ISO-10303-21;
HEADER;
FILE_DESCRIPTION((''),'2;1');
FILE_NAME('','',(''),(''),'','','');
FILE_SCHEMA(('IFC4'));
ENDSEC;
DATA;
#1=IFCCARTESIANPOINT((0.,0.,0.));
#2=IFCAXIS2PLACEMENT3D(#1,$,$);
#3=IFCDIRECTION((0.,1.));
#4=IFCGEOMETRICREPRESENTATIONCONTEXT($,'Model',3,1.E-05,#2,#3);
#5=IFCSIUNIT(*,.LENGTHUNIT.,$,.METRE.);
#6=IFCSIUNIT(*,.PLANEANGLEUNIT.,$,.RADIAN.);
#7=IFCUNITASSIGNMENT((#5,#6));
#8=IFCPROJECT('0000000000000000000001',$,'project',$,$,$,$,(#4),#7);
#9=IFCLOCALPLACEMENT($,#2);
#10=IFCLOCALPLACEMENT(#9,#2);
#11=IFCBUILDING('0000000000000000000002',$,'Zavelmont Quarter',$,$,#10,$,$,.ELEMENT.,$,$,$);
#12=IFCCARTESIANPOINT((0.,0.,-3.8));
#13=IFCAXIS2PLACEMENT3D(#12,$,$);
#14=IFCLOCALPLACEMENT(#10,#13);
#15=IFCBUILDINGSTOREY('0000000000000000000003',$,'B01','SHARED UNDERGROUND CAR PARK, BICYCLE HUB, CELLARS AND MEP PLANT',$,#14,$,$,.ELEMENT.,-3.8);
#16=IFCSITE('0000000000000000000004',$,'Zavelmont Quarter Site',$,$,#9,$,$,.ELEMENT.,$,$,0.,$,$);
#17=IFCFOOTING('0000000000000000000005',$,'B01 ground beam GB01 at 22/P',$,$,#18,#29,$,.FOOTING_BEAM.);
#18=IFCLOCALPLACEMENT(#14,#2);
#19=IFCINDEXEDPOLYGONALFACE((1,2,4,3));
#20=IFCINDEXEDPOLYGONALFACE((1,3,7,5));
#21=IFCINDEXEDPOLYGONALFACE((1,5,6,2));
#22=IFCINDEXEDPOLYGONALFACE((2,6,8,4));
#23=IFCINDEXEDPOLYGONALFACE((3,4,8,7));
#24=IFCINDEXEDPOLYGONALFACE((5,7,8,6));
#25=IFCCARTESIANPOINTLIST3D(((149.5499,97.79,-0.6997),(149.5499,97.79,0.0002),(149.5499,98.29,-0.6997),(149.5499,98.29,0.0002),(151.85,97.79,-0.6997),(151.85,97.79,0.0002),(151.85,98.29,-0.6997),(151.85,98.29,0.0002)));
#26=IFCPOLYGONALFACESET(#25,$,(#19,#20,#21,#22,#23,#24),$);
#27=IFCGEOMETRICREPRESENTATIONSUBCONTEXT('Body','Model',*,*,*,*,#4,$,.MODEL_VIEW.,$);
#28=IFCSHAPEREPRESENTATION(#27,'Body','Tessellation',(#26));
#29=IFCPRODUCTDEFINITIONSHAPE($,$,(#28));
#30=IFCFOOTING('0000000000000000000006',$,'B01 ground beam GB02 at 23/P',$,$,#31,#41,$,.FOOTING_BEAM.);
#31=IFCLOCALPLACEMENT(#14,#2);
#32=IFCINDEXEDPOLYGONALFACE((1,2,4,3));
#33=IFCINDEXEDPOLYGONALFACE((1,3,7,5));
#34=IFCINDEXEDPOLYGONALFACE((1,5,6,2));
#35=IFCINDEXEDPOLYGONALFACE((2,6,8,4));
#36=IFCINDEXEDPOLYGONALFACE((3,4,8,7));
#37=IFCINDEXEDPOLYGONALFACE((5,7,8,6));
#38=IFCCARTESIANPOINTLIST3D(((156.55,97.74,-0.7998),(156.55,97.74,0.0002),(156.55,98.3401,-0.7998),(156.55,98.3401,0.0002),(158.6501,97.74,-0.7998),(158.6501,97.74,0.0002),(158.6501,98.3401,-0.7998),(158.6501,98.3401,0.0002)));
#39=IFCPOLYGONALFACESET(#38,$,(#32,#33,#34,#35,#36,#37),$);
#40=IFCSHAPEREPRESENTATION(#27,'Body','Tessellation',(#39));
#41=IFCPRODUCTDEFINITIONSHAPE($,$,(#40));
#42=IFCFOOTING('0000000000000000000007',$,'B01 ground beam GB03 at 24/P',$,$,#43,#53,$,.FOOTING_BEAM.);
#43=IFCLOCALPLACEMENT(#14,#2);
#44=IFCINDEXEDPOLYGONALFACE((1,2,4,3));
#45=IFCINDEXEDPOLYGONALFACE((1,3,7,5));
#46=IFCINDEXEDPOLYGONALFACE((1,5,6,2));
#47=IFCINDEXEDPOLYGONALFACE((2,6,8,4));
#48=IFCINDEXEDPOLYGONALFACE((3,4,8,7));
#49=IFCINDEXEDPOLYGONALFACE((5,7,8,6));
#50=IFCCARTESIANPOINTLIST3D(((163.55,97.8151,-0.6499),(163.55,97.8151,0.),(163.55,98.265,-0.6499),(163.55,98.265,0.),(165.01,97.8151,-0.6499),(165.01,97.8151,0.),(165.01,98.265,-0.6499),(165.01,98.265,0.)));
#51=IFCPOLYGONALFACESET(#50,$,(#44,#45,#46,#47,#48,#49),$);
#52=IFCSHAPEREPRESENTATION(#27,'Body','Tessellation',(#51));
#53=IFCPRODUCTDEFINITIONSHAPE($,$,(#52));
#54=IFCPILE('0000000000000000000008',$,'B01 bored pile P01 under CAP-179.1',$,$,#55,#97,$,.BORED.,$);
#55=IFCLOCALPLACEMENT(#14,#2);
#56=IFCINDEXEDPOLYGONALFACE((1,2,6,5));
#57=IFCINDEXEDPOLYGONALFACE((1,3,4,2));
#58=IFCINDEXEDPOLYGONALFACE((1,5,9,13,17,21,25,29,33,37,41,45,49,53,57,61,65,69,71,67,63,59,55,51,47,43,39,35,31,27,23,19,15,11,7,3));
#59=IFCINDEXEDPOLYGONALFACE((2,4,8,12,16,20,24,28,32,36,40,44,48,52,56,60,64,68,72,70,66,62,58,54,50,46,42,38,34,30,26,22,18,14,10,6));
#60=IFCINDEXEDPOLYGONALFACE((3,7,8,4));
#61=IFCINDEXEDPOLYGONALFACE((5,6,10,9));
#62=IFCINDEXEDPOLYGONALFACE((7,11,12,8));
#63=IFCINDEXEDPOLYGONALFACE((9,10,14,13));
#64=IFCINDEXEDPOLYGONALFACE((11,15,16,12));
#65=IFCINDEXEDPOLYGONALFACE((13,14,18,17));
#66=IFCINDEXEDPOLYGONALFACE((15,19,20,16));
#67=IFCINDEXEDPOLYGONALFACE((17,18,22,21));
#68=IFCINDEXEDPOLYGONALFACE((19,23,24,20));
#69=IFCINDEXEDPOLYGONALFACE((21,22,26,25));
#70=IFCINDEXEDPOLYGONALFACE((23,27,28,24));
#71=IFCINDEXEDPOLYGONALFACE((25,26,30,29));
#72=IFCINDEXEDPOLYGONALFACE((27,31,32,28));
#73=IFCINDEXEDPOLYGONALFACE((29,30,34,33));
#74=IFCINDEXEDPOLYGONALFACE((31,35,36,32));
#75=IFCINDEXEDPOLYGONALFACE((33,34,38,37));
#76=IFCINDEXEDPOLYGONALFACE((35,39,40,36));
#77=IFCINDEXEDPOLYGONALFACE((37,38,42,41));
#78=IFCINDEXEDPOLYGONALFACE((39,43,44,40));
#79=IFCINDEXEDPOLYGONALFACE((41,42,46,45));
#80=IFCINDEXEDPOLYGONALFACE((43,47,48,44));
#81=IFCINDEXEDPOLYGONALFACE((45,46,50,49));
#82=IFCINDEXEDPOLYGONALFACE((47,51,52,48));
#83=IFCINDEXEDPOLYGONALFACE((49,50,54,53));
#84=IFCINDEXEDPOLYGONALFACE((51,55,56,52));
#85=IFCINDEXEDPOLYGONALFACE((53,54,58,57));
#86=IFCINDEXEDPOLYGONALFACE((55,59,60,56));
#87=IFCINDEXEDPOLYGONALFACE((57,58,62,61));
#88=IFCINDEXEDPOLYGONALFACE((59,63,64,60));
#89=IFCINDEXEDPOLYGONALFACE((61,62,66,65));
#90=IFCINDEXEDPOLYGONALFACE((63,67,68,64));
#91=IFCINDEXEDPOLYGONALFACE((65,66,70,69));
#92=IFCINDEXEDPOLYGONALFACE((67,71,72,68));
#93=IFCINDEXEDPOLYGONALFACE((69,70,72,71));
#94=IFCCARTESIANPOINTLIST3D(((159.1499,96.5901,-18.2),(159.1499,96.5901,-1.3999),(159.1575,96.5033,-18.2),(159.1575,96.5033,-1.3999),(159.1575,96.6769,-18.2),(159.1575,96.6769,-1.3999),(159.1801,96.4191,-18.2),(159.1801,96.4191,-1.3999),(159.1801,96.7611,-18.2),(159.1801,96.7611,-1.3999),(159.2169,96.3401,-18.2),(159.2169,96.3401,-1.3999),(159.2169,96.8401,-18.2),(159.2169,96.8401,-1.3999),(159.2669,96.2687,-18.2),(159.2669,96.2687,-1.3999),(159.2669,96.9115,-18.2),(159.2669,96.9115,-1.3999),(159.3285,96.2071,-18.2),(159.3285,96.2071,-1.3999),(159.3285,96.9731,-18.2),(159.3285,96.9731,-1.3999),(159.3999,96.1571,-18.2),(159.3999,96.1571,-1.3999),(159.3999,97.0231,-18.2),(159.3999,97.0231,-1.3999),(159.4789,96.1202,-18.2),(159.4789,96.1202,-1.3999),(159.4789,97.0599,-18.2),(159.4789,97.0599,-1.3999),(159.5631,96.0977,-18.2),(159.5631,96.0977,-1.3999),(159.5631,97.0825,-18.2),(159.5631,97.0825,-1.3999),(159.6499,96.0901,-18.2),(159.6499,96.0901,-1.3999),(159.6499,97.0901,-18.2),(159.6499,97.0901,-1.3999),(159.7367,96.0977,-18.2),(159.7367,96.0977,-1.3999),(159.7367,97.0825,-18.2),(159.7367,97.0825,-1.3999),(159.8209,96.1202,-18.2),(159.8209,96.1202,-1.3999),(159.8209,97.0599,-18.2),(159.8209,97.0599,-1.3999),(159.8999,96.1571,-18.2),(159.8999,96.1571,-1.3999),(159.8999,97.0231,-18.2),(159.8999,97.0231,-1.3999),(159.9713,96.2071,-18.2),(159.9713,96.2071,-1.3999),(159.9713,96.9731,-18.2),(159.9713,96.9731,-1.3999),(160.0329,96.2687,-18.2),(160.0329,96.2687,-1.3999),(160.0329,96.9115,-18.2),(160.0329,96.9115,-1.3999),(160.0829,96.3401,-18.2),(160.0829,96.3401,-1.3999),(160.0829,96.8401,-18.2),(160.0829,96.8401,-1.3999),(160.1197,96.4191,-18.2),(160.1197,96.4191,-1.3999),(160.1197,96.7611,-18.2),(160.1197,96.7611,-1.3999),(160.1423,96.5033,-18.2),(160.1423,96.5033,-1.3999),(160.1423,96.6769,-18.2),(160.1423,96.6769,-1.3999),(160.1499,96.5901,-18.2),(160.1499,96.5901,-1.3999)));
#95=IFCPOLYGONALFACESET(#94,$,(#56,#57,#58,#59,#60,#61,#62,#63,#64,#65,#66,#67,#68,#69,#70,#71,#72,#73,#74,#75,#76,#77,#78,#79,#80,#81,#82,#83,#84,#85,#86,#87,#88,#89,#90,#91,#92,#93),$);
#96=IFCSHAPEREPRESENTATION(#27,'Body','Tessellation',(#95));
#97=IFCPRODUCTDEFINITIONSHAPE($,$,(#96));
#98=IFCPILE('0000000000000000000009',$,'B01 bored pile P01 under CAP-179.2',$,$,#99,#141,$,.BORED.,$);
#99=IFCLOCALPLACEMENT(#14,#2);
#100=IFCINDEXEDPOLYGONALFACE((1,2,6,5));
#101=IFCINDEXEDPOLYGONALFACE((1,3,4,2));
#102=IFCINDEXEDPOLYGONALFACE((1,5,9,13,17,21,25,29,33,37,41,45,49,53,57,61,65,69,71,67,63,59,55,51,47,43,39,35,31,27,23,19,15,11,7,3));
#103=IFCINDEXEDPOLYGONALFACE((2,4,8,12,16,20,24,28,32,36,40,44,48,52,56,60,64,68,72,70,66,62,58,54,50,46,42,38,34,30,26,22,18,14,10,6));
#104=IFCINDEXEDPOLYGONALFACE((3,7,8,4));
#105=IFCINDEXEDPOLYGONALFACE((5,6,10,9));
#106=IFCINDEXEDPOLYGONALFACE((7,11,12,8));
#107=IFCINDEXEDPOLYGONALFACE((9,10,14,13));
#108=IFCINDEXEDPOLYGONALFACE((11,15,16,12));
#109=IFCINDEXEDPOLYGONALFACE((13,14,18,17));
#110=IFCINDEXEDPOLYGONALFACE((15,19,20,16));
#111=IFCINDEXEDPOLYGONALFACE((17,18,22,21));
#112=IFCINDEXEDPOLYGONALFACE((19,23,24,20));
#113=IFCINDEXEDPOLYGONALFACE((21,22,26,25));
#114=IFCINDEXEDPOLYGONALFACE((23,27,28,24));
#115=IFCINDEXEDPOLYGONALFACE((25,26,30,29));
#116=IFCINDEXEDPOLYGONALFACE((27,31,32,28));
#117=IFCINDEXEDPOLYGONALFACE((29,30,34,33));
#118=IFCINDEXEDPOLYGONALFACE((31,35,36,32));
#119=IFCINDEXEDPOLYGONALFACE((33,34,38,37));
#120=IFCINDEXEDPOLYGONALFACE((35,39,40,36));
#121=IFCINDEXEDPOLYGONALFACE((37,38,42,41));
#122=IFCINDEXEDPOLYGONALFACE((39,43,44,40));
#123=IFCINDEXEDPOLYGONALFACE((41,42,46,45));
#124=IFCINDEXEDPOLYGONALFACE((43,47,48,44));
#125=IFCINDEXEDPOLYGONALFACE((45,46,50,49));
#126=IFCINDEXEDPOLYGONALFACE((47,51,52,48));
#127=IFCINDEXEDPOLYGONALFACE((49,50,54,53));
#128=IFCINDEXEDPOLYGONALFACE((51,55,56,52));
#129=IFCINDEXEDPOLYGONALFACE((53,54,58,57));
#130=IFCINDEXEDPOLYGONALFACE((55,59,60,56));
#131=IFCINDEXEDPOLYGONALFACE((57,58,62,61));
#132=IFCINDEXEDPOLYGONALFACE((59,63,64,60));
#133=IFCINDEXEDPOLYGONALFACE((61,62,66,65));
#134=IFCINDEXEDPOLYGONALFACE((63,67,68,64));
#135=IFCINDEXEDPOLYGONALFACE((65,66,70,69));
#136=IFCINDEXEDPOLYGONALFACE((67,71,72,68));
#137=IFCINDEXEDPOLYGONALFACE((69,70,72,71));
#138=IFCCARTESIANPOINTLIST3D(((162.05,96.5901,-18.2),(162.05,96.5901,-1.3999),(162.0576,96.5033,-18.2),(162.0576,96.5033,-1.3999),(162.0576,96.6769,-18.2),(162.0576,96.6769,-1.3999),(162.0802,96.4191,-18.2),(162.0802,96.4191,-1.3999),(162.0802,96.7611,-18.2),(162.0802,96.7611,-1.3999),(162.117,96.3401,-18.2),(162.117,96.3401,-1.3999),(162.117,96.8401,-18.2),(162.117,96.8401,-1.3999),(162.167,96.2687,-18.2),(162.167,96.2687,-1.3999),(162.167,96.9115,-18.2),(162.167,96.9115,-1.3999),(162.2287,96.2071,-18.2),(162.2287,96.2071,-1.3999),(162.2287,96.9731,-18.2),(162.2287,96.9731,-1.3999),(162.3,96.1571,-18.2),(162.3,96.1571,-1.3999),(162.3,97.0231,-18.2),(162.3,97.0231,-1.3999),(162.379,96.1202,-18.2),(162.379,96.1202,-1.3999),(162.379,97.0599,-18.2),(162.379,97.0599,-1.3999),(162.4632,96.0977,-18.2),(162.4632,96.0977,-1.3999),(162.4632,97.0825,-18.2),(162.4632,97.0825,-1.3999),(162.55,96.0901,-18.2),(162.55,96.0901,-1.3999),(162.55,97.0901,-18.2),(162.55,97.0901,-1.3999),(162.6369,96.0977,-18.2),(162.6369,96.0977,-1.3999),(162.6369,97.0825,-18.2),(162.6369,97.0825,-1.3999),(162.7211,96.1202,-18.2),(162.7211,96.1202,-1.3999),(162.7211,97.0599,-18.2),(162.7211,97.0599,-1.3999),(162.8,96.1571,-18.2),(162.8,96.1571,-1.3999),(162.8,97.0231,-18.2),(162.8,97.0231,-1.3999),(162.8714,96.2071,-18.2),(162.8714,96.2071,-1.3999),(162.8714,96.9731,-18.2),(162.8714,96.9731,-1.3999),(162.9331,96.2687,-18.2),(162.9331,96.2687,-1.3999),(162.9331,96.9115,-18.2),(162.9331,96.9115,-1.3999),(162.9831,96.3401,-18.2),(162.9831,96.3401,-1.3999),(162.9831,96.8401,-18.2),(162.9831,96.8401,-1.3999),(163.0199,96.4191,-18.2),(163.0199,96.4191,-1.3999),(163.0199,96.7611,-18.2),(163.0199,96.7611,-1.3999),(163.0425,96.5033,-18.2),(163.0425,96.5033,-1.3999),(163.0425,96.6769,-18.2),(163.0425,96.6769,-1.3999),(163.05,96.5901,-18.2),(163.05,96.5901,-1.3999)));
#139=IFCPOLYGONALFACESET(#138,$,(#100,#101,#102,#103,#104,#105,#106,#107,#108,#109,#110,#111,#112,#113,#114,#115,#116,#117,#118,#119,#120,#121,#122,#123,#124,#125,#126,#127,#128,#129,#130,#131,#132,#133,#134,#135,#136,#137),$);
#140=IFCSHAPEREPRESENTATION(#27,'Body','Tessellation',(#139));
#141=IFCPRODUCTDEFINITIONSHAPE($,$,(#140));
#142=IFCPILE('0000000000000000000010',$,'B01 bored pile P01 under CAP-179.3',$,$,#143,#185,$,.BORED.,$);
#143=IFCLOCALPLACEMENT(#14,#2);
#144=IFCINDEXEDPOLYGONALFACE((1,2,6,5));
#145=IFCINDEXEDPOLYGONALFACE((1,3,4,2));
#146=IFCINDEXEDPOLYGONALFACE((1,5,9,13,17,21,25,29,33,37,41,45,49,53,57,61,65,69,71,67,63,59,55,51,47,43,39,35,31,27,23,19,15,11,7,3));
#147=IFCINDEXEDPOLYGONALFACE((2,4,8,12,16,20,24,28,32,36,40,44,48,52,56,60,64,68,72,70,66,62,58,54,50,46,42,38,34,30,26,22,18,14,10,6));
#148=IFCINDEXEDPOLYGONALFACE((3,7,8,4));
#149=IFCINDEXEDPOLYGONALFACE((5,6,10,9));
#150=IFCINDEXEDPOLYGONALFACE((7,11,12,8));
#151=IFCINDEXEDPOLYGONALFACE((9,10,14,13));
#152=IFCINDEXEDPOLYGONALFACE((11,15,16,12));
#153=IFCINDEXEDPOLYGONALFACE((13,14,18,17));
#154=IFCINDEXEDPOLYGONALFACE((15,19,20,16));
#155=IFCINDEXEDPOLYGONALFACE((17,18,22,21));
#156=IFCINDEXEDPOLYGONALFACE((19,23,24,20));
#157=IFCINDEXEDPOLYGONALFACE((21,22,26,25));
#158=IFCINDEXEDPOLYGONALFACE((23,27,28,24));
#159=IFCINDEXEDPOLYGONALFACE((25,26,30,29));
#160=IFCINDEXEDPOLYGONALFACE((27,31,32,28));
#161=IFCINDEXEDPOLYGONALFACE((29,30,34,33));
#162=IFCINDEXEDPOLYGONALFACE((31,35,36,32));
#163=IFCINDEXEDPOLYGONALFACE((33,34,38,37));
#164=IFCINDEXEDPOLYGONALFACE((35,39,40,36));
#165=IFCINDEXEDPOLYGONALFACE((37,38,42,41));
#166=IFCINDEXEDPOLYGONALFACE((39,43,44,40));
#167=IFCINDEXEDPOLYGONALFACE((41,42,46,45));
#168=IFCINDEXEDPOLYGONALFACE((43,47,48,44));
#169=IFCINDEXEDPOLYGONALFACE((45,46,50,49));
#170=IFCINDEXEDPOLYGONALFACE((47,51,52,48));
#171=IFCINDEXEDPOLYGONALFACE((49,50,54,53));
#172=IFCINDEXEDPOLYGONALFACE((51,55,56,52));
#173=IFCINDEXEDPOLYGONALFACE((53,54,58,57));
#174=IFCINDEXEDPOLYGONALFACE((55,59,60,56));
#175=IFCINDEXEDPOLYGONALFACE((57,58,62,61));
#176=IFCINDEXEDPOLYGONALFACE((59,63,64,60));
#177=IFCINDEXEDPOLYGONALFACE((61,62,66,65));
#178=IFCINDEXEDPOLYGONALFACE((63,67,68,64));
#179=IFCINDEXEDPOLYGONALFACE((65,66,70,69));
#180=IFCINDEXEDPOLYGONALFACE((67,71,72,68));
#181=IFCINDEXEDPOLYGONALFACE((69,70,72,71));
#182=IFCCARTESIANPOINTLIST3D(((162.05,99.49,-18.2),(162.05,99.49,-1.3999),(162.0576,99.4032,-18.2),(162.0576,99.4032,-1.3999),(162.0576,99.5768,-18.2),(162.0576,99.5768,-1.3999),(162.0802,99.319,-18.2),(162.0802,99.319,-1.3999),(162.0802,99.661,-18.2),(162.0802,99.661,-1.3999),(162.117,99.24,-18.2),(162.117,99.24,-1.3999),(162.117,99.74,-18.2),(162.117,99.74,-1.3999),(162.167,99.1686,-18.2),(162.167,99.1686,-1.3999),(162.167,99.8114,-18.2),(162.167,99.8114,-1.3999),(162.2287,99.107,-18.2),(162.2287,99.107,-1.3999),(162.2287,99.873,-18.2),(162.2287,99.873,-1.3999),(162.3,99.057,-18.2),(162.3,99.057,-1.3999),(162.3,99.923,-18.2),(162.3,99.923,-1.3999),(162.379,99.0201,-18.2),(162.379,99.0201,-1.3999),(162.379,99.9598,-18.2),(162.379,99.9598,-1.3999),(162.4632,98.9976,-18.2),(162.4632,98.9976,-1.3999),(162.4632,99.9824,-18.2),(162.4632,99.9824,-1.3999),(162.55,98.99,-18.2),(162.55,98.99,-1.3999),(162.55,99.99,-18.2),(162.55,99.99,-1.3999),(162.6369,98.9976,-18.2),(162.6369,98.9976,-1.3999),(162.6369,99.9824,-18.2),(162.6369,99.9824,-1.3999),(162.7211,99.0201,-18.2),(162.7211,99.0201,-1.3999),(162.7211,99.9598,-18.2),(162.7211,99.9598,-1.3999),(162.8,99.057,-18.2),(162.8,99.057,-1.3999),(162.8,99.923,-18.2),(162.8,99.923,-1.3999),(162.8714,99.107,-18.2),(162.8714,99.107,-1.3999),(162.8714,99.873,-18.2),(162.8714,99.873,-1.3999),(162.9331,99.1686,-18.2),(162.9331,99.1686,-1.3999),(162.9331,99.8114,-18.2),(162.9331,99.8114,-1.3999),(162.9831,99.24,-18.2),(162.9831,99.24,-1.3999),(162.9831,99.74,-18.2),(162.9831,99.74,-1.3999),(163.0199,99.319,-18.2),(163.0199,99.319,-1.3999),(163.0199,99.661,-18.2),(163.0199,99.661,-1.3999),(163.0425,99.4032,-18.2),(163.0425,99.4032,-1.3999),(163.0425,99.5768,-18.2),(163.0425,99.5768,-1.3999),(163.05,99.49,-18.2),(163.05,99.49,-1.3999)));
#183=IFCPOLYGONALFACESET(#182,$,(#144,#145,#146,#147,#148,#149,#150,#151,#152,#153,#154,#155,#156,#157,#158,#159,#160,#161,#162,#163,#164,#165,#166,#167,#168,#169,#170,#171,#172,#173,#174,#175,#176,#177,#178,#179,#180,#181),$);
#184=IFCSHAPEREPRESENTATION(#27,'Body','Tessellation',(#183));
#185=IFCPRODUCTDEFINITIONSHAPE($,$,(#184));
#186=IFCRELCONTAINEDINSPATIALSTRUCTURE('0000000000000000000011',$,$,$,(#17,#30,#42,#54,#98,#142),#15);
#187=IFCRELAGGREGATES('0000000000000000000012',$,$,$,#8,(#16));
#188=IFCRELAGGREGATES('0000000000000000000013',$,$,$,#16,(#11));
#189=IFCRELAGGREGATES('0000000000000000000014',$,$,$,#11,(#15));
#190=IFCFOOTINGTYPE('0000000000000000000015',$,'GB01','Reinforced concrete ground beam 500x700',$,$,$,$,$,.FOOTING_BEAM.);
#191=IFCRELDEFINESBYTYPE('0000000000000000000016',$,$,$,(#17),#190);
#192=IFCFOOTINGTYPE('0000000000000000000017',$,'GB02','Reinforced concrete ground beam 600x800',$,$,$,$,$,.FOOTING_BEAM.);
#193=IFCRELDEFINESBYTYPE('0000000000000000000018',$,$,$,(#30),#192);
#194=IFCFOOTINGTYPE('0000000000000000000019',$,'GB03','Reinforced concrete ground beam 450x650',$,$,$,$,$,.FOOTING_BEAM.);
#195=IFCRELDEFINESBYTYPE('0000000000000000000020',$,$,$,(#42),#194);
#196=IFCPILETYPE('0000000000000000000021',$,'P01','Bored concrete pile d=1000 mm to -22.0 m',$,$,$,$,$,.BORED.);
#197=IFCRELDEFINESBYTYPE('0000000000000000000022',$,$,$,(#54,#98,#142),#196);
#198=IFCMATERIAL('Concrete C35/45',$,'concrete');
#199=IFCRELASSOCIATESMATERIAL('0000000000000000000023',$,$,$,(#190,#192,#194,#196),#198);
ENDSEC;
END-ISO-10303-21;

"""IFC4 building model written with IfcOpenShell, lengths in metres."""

from ifc_helpers import new_model, si_unit, direction, frame, origin, origin_2d, place, context, subcontext, project, spatial, rectangle, circle, extrude, material, material_profile, profile_set, type_object, element, save


model = new_model("IFC4")

# Units and contexts
model_context = context("Model", 3, precision=1e-05, world=origin(), true_north=direction((0.0, 1.0)))
body_context = subcontext(model_context, "Body", "Model", "MODEL_VIEW")
ifc_project = project(units=[si_unit("LENGTHUNIT", "METRE"), si_unit("PLANEANGLEUNIT", "RADIAN")], contexts=[model_context])

# Site, building, storey
site_placement = place(None, origin())
site = spatial("IfcSite", under=ifc_project, at=site_placement, Name="Zavelmont Quarter Site", CompositionType="ELEMENT", RefElevation=0.0)
building_placement = place(site_placement, origin())
building = spatial("IfcBuilding", under=site, at=building_placement, Name="Zavelmont Quarter", CompositionType="ELEMENT")
storey_placement = place(building_placement, frame((0.0, 0.0, -3.8)))
storey = spatial("IfcBuildingStorey", under=building, at=storey_placement, Name="B01", Description="SHARED UNDERGROUND CAR PARK, BICYCLE HUB, CELLARS AND MEP PLANT", CompositionType="ELEMENT", Elevation=-3.8)

# Footings
ifc_material_1 = material(Name="Concrete C35/45", Category="concrete")
footing_type_1 = type_object("IfcFootingType", Name="GB01", Description="Reinforced concrete ground beam 500x700", PredefinedType="FOOTING_BEAM", material=ifc_material_1)
footing_1_placement = place(storey_placement, frame((150.7, 98.04, -0.6997), z_axis=(0.0, 0.0, 1.0), x_axis=(1.0, 0.0, 0.0)))
element("IfcFooting", 1, at=footing_1_placement, inside=storey, type_object=footing_type_1, Name="B01 ground beam GB01 at 22/P", PredefinedType="FOOTING_BEAM", context=body_context, shape_type="SweptSolid", body=[
    extrude(rectangle(XDim=2.3, YDim=0.5, at=origin_2d()), origin(), (0.0, 0.0, 1.0), 0.7),
])
footing_type_2 = type_object("IfcFootingType", Name="GB02", Description="Reinforced concrete ground beam 600x800", PredefinedType="FOOTING_BEAM", material=ifc_material_1)
footing_2_placement = place(storey_placement, frame((157.6001, 98.04, -0.7998), z_axis=(0.0, 0.0, 1.0), x_axis=(1.0, 0.0, 0.0)))
element("IfcFooting", 2, at=footing_2_placement, inside=storey, type_object=footing_type_2, Name="B01 ground beam GB02 at 23/P", PredefinedType="FOOTING_BEAM", context=body_context, shape_type="SweptSolid", body=[
    extrude(rectangle(XDim=2.1001, YDim=0.6001, at=origin_2d()), origin(), (0.0, 0.0, 1.0), 0.8),
])
footing_type_3 = type_object("IfcFootingType", Name="GB03", Description="Reinforced concrete ground beam 450x650", PredefinedType="FOOTING_BEAM", material=ifc_material_1)
footing_3_placement = place(storey_placement, frame((164.28, 98.04, -0.6499), z_axis=(0.0, 0.0, 1.0), x_axis=(1.0, 0.0, 0.0)))
element("IfcFooting", 3, at=footing_3_placement, inside=storey, type_object=footing_type_3, Name="B01 ground beam GB03 at 24/P", PredefinedType="FOOTING_BEAM", context=body_context, shape_type="SweptSolid", body=[
    extrude(rectangle(XDim=1.46, YDim=0.45, at=origin_2d()), origin(), (0.0, 0.0, 1.0), 0.6499),
])

# Piles
ifc_material_profile_1 = material_profile(ifc_material_1, circle(Radius=0.5, at=origin_2d()), Name="BP1000")
ifc_profile_set_1 = profile_set([ifc_material_profile_1], Name="Concrete C35/45")
pile_type_1 = type_object("IfcPileType", Name="P01", Description="Bored concrete pile d=1000 mm to -22.0 m", PredefinedType="BORED", material=ifc_profile_set_1)
for number, where, z_axis, x_axis, name in (
    (4, (159.6499, 96.5901, -1.3999), (0.0, 0.0, -1.0), (1.0, 0.0, 0.0), "B01 bored pile P01 under CAP-179.1"),
    (5, (162.55, 96.5901, -1.3999), (0.0, 0.0, -1.0), (1.0, 0.0, 0.0), "B01 bored pile P01 under CAP-179.2"),
    (6, (162.55, 99.49, -1.3999), (0.0, 0.0, -1.0), (1.0, 0.0, 0.0), "B01 bored pile P01 under CAP-179.3"),
):
    element("IfcPile", number, at=place(storey_placement, frame(where, z_axis=z_axis, x_axis=x_axis)), inside=storey, type_object=pile_type_1, Name=name, PredefinedType="BORED", context=body_context, shape_type="SweptSolid", body=[
        extrude(circle(Radius=0.5, at=origin_2d()), origin(), (0.0, 0.0, 1.0), 16.8),
    ])

save(model, "model.ifc")
